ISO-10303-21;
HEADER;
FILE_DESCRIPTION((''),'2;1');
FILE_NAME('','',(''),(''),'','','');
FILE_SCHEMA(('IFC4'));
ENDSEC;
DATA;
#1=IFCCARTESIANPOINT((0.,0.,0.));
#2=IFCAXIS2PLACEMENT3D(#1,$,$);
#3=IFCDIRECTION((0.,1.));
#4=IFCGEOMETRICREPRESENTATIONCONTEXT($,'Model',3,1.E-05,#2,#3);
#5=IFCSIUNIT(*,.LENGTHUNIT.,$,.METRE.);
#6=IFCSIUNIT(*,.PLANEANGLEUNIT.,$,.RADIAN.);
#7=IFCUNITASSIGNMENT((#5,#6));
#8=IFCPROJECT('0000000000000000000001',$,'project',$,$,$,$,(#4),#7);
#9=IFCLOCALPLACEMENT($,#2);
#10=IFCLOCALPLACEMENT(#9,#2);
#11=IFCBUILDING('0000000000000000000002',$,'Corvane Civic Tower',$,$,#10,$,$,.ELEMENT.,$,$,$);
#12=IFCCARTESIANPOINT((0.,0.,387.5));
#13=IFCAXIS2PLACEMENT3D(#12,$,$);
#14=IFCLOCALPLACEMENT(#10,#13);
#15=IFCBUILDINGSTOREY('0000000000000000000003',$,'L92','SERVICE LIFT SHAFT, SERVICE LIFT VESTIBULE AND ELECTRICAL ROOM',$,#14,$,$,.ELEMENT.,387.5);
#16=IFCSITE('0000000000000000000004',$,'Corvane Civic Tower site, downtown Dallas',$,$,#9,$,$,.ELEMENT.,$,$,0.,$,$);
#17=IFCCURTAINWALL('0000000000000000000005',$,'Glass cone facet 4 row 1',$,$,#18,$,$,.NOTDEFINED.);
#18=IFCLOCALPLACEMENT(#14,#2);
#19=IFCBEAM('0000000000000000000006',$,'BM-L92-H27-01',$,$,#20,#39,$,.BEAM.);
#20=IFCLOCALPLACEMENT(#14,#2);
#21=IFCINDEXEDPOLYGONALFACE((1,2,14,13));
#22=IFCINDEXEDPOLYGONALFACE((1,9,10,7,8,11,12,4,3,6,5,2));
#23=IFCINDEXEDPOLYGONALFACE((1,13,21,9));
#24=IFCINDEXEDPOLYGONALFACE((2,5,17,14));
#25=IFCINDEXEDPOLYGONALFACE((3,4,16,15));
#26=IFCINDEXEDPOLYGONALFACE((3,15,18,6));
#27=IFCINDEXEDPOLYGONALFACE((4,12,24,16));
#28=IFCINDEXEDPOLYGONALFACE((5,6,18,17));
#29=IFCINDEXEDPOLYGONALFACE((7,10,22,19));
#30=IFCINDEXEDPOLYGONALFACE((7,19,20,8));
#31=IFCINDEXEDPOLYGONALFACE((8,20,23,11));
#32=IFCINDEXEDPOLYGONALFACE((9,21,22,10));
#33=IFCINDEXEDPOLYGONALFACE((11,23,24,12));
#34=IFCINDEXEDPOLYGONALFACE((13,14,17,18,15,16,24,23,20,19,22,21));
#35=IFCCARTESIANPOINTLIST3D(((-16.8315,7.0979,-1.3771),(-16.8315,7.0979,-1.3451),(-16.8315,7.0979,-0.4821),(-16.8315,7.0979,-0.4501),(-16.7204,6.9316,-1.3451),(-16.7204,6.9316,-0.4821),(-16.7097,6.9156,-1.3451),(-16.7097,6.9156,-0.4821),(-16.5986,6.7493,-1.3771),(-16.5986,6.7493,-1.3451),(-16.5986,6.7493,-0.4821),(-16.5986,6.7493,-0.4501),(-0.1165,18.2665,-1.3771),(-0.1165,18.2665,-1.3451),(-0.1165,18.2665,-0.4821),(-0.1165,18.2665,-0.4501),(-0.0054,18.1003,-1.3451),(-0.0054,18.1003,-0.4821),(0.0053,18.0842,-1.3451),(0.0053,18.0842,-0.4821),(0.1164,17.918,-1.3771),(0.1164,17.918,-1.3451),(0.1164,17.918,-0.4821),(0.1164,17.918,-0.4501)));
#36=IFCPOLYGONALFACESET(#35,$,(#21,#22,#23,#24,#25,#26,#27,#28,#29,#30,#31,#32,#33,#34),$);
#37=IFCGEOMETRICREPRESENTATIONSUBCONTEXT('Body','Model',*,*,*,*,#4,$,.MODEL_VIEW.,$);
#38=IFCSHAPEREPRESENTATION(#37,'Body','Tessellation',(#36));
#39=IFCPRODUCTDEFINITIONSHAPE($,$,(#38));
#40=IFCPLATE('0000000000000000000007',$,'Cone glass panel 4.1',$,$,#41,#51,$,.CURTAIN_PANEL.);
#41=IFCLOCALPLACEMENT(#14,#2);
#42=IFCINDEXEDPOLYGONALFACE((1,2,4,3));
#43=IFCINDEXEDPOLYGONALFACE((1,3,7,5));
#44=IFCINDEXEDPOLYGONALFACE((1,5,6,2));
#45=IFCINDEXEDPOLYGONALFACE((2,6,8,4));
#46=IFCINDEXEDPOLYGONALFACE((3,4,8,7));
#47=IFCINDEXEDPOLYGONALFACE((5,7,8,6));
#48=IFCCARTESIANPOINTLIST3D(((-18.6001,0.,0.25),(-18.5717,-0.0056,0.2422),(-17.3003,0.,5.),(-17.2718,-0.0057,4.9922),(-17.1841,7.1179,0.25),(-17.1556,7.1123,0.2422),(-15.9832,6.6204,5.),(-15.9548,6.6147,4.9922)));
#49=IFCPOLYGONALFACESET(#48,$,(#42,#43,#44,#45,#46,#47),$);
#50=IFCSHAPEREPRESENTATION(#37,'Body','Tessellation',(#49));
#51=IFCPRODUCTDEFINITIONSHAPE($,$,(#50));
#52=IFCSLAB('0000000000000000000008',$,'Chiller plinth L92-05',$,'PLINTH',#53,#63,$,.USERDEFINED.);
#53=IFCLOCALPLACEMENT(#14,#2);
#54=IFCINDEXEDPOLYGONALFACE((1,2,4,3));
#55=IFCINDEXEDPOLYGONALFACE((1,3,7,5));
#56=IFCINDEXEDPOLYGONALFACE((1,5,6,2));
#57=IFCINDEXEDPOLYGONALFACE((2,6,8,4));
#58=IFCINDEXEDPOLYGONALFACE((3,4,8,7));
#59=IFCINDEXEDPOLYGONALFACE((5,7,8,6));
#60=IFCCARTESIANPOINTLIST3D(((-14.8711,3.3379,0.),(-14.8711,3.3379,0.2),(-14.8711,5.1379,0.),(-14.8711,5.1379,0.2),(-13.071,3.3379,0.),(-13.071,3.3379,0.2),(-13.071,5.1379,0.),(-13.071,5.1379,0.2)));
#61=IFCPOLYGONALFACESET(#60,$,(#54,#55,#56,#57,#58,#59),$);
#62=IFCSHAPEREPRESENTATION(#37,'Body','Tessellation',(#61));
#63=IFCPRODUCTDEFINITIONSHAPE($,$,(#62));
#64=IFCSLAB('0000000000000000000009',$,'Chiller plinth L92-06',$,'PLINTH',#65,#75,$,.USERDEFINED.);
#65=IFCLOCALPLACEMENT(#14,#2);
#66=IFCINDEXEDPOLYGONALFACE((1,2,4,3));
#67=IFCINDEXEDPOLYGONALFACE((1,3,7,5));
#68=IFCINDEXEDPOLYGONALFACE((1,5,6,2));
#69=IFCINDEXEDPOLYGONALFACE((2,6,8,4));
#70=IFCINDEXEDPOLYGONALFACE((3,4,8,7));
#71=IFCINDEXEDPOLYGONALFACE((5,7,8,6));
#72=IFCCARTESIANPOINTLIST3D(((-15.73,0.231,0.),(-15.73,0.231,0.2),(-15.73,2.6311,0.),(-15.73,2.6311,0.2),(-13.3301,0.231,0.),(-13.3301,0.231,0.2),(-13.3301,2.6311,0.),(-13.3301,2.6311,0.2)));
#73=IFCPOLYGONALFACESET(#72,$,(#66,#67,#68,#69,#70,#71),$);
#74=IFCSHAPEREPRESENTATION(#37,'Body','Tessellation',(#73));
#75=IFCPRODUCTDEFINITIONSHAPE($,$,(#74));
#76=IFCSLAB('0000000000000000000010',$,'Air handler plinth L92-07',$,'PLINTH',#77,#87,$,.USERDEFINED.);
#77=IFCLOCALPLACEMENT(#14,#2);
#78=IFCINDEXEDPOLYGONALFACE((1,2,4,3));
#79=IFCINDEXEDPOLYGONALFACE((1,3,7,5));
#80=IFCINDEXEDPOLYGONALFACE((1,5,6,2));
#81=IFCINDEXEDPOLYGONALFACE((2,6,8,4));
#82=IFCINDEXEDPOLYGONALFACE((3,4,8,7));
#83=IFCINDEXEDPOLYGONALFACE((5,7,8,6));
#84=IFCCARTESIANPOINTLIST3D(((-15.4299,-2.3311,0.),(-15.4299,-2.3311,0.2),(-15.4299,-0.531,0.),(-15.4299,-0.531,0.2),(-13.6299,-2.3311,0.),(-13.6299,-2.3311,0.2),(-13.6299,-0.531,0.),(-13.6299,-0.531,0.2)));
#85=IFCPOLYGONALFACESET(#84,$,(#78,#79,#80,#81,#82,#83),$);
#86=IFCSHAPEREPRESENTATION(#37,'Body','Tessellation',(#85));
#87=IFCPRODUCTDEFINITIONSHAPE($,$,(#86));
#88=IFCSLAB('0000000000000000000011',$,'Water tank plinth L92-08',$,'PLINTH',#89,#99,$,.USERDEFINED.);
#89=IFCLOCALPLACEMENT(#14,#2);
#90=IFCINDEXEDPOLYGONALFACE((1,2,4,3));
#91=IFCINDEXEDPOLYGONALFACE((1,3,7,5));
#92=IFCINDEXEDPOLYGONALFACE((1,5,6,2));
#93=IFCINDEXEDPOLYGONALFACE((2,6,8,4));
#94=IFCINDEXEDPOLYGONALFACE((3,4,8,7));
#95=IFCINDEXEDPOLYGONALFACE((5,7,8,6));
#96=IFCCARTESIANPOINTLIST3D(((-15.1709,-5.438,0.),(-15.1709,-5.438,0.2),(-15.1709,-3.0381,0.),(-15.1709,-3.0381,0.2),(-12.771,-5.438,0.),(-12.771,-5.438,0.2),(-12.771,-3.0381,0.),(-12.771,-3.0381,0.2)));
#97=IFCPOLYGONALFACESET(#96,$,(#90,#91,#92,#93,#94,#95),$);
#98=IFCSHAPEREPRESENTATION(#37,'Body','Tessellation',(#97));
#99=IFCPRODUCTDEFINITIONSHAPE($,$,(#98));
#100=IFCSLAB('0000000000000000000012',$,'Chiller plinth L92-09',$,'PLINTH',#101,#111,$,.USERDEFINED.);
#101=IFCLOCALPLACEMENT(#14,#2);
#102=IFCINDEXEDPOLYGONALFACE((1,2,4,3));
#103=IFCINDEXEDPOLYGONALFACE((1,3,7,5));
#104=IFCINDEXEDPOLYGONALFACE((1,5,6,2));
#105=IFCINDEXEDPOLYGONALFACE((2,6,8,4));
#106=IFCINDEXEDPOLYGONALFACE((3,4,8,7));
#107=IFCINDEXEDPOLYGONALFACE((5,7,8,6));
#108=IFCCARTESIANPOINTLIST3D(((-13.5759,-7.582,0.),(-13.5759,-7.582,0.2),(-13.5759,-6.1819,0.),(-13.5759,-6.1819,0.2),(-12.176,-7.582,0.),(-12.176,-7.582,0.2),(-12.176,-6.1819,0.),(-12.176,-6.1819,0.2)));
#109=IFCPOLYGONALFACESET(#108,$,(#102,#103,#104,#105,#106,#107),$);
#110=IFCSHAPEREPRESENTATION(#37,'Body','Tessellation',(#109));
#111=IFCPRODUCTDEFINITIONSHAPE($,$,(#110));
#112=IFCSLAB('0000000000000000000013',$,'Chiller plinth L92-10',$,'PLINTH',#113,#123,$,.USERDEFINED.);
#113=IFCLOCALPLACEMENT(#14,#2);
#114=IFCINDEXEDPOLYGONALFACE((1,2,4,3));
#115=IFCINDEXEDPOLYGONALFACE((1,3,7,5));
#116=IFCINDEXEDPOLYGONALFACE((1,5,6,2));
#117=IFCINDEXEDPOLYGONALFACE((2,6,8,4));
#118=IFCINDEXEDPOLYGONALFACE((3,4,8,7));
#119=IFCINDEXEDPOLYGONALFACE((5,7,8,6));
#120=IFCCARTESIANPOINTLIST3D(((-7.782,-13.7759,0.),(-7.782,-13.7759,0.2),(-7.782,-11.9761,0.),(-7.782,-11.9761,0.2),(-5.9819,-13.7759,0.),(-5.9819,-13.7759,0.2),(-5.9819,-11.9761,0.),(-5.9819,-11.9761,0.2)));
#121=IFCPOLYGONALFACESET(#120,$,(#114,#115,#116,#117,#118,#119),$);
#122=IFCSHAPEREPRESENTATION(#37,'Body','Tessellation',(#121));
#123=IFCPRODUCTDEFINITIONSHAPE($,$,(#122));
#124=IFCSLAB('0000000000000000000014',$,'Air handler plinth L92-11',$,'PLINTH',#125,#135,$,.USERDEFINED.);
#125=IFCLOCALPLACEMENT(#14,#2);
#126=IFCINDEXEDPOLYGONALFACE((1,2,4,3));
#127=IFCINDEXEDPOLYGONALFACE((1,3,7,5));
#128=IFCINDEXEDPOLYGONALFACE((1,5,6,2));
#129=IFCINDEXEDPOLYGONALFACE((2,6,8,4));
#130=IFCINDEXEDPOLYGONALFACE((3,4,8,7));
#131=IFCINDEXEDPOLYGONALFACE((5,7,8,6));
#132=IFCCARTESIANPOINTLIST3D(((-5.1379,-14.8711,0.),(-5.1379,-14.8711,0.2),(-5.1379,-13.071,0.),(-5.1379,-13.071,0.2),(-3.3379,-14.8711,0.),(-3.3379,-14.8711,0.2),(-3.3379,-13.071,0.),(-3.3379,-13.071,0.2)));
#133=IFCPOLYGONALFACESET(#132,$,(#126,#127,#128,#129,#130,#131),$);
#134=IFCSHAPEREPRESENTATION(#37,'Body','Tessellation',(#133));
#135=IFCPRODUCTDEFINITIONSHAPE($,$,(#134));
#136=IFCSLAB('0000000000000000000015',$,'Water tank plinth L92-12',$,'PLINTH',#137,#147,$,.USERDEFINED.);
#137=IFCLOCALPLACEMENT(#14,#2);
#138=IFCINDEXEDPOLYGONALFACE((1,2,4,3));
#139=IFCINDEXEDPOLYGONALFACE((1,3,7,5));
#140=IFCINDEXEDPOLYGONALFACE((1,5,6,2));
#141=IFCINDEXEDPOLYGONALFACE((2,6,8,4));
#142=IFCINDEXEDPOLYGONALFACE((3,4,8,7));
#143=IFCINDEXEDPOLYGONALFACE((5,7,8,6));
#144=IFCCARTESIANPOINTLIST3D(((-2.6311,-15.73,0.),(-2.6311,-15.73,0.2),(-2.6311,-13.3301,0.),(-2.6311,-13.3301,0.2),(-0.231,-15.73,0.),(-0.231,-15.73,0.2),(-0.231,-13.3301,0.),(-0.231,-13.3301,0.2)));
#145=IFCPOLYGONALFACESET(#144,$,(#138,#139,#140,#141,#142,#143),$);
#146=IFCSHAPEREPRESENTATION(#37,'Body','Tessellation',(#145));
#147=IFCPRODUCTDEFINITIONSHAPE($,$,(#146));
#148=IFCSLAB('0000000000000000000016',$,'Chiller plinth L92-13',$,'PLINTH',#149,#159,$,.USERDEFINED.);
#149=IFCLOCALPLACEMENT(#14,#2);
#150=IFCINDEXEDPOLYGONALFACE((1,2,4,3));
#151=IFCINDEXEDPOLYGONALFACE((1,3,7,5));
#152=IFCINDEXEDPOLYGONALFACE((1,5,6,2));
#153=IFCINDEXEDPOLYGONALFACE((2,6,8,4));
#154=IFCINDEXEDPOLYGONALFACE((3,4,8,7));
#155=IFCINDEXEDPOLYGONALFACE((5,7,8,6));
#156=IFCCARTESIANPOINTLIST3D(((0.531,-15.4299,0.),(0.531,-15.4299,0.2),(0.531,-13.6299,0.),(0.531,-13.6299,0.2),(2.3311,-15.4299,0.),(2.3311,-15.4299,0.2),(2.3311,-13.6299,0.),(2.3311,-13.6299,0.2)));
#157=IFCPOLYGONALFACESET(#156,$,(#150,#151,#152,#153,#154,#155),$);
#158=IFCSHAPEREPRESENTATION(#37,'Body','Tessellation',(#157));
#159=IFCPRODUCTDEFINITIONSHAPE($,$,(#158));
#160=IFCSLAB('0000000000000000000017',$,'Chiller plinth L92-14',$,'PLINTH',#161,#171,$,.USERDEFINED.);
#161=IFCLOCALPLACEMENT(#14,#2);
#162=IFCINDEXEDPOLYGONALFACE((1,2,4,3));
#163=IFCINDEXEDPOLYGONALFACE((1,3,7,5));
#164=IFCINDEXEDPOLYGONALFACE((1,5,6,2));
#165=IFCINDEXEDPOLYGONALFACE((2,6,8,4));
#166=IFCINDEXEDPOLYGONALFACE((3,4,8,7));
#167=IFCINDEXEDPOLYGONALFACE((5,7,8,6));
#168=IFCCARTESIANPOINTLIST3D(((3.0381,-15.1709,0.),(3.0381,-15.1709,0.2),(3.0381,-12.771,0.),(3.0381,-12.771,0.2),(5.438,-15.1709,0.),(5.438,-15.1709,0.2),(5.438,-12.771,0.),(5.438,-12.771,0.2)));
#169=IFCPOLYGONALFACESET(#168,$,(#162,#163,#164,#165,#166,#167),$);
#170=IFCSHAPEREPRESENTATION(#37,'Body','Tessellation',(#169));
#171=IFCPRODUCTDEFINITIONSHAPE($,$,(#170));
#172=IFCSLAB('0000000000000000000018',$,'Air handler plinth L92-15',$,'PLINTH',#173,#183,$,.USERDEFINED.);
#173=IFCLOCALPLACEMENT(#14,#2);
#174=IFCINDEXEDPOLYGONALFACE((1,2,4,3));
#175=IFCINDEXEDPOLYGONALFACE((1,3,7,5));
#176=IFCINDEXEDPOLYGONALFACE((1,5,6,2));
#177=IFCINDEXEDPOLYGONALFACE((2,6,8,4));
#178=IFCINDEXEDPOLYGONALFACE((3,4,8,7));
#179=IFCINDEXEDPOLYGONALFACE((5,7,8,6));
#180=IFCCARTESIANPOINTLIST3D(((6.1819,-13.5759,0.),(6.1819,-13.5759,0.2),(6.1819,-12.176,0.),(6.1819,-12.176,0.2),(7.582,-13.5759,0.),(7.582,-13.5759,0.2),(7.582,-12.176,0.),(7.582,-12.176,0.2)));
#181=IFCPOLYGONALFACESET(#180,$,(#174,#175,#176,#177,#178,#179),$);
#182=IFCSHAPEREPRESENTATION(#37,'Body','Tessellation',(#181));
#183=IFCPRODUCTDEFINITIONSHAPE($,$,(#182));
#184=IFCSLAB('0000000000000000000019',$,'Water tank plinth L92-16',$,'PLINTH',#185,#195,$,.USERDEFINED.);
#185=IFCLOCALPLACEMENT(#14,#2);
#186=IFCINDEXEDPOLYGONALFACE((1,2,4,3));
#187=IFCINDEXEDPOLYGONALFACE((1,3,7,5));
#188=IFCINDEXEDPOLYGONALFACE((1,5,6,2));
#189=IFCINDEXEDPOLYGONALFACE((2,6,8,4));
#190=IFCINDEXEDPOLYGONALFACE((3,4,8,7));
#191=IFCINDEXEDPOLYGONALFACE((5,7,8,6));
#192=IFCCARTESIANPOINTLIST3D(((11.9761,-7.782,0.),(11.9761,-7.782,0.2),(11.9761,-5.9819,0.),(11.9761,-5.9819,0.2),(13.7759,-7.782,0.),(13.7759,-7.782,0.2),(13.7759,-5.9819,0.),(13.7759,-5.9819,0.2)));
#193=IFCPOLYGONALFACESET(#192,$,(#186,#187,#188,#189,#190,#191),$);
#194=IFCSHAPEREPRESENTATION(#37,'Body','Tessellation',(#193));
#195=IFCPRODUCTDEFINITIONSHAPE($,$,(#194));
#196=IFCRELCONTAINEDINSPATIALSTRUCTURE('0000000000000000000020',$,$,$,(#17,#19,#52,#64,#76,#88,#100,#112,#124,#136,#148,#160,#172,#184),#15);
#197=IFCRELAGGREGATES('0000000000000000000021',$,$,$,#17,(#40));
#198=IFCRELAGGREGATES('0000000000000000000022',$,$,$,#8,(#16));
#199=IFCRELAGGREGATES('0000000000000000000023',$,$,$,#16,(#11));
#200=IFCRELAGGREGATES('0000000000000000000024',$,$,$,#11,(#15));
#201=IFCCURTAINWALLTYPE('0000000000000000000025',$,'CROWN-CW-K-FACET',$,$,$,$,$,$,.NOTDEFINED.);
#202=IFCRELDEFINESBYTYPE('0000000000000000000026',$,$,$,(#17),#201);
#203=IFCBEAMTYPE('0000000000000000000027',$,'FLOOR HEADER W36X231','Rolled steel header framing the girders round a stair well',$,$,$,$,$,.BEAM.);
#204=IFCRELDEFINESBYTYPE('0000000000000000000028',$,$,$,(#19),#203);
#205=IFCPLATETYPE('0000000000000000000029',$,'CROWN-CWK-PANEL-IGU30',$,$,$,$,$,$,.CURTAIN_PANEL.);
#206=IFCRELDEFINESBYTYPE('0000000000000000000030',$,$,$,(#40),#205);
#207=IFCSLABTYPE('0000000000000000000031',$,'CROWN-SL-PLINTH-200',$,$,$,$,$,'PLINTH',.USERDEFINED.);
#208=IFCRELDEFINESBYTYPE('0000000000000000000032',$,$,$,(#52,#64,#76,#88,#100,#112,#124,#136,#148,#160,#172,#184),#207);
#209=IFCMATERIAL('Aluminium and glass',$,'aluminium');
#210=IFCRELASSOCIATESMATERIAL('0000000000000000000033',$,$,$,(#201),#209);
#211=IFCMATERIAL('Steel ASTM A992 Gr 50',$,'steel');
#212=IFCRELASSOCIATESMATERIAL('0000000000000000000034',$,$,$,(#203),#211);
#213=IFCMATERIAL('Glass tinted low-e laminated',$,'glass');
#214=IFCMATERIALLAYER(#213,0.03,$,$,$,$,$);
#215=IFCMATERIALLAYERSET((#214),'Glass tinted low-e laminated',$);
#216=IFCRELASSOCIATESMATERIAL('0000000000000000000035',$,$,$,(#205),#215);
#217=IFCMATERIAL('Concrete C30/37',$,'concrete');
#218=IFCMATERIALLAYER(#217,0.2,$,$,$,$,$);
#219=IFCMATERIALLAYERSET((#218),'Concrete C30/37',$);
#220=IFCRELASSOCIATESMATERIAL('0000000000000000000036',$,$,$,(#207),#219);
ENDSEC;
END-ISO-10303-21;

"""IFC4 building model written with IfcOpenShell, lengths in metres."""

from ifc_helpers import new_model, si_unit, direction, frame, origin, origin_2d, place, context, subcontext, project, spatial, polyline, i_section, outline, extrude, material, layer, layer_set, material_profile, profile_set, type_object, element, aggregate, save


model = new_model("IFC4")

# Units and contexts
model_context = context("Model", 3, precision=1e-05, world=origin(), true_north=direction((0.0, 1.0)))
body_context = subcontext(model_context, "Body", "Model", "MODEL_VIEW")
ifc_project = project(units=[si_unit("LENGTHUNIT", "METRE"), si_unit("PLANEANGLEUNIT", "RADIAN")], contexts=[model_context])

# Site, building, storey
site_placement = place(None, origin())
site = spatial("IfcSite", under=ifc_project, at=site_placement, Name="Corvane Civic Tower site, downtown Dallas", CompositionType="ELEMENT", RefElevation=0.0)
building_placement = place(site_placement, origin())
building = spatial("IfcBuilding", under=site, at=building_placement, Name="Corvane Civic Tower", CompositionType="ELEMENT")
storey_placement = place(building_placement, frame((0.0, 0.0, 387.5)))
storey = spatial("IfcBuildingStorey", under=building, at=storey_placement, Name="L92", Description="SERVICE LIFT SHAFT, SERVICE LIFT VESTIBULE AND ELECTRICAL ROOM", CompositionType="ELEMENT", Elevation=387.5)

# Shared definitions
ifc_material_1 = material(Name="Aluminium and glass", Category="aluminium")
curtain_wall_type = type_object("IfcCurtainWallType", Name="CROWN-CW-K-FACET", PredefinedType="NOTDEFINED", material=ifc_material_1)

# Curtain wall
curtain_wall_1_placement = place(storey_placement, origin())
curtain_wall_1 = element("IfcCurtainWall", 1, at=curtain_wall_1_placement, inside=storey, type_object=curtain_wall_type, Name="Glass cone facet 4 row 1", PredefinedType="NOTDEFINED")

# Beam
ifc_material_2 = material(Name="Steel ASTM A992 Gr 50", Category="steel")
ifc_material_profile_1 = material_profile(ifc_material_2, i_section(OverallWidth=0.4192, OverallDepth=0.927, WebThickness=0.0193, FlangeThickness=0.032, at=origin_2d()), Name="W36X231")
ifc_profile_set_1 = profile_set([ifc_material_profile_1], Name="Steel ASTM A992 Gr 50")
beam_type_1 = type_object("IfcBeamType", Name="FLOOR HEADER W36X231", Description="Rolled steel header framing the girders round a stair well", PredefinedType="BEAM", material=ifc_profile_set_1)
beam_1_placement = place(storey_placement, frame((-16.7151, 6.9236, -0.9136), z_axis=(0.831469, 0.555571, 0.0), x_axis=(-0.555571, 0.831469, 0.0)))
element("IfcBeam", 2, at=beam_1_placement, inside=storey, type_object=beam_type_1, Name="BM-L92-H27-01", PredefinedType="BEAM", context=body_context, shape_type="SweptSolid", body=[
    extrude(i_section(OverallWidth=0.4192, OverallDepth=0.927, WebThickness=0.0193, FlangeThickness=0.032, at=origin_2d()), origin(), (0.0, 0.0, 1.0), 20.103),
])

# Plate
ifc_material_3 = material(Name="Glass tinted low-e laminated", Category="glass")
ifc_layer_1 = layer(ifc_material_3, 0.03)
ifc_layer_set_1 = layer_set([ifc_layer_1], Name="Glass tinted low-e laminated")
plate_type = type_object("IfcPlateType", Name="CROWN-CWK-PANEL-IGU30", PredefinedType="CURTAIN_PANEL", material=ifc_layer_set_1)
plate_placement = place(storey_placement, frame((-17.1841, 7.1179, 0.25), z_axis=(-0.947254, 0.188451, 0.259221), x_axis=(-0.19512, -0.980779, 0.000002)))
plate = element("IfcPlate", 3, at=plate_placement, type_object=plate_type, Name="Cone glass panel 4.1", PredefinedType="CURTAIN_PANEL", context=body_context, shape_type="SweptSolid", body=[
    extrude(outline(polyline([(0.0, 0.0), (7.2574, 0.0), (7.0038, 4.9181), (0.2537, 4.9181), (0.0, 0.0)])), origin(), (0.0, 0.0, -1.0), 0.03),
])
aggregate(curtain_wall_1, [plate])

# Slabs
ifc_material_4 = material(Name="Concrete C30/37", Category="concrete")
ifc_layer_2 = layer(ifc_material_4, 0.2)
ifc_layer_set_2 = layer_set([ifc_layer_2], Name="Concrete C30/37")
slab_type = type_object("IfcSlabType", Name="CROWN-SL-PLINTH-200", ElementType="PLINTH", PredefinedType="USERDEFINED", material=ifc_layer_set_2)
slab_1_placement = place(storey_placement, origin())
element("IfcSlab", 4, at=slab_1_placement, inside=storey, type_object=slab_type, Name="Chiller plinth L92-05", ObjectType="PLINTH", PredefinedType="USERDEFINED", context=body_context, shape_type="SweptSolid", body=[
    extrude(outline(polyline([(-13.071, 3.3379), (-13.071, 5.1379), (-14.8711, 5.1379), (-14.8711, 3.3379), (-13.071, 3.3379)])), origin(), (0.0, 0.0, 1.0), 0.2),
])
slab_2_placement = place(storey_placement, origin())
element("IfcSlab", 5, at=slab_2_placement, inside=storey, type_object=slab_type, Name="Chiller plinth L92-06", ObjectType="PLINTH", PredefinedType="USERDEFINED", context=body_context, shape_type="SweptSolid", body=[
    extrude(outline(polyline([(-13.3301, 0.231), (-13.3301, 2.6311), (-15.73, 2.6311), (-15.73, 0.231), (-13.3301, 0.231)])), origin(), (0.0, 0.0, 1.0), 0.2),
])
slab_3_placement = place(storey_placement, origin())
element("IfcSlab", 6, at=slab_3_placement, inside=storey, type_object=slab_type, Name="Air handler plinth L92-07", ObjectType="PLINTH", PredefinedType="USERDEFINED", context=body_context, shape_type="SweptSolid", body=[
    extrude(outline(polyline([(-13.6299, -2.3311), (-13.6299, -0.531), (-15.4299, -0.531), (-15.4299, -2.3311), (-13.6299, -2.3311)])), origin(), (0.0, 0.0, 1.0), 0.2),
])
slab_4_placement = place(storey_placement, origin())
element("IfcSlab", 7, at=slab_4_placement, inside=storey, type_object=slab_type, Name="Water tank plinth L92-08", ObjectType="PLINTH", PredefinedType="USERDEFINED", context=body_context, shape_type="SweptSolid", body=[
    extrude(outline(polyline([(-12.771, -5.438), (-12.771, -3.0381), (-15.1709, -3.0381), (-15.1709, -5.438), (-12.771, -5.438)])), origin(), (0.0, 0.0, 1.0), 0.2),
])
slab_5_placement = place(storey_placement, origin())
element("IfcSlab", 8, at=slab_5_placement, inside=storey, type_object=slab_type, Name="Chiller plinth L92-09", ObjectType="PLINTH", PredefinedType="USERDEFINED", context=body_context, shape_type="SweptSolid", body=[
    extrude(outline(polyline([(-12.176, -7.582), (-12.176, -6.1819), (-13.5759, -6.1819), (-13.5759, -7.582), (-12.176, -7.582)])), origin(), (0.0, 0.0, 1.0), 0.2),
])
slab_6_placement = place(storey_placement, origin())
element("IfcSlab", 9, at=slab_6_placement, inside=storey, type_object=slab_type, Name="Chiller plinth L92-10", ObjectType="PLINTH", PredefinedType="USERDEFINED", context=body_context, shape_type="SweptSolid", body=[
    extrude(outline(polyline([(-5.9819, -13.7759), (-5.9819, -11.9761), (-7.782, -11.9761), (-7.782, -13.7759), (-5.9819, -13.7759)])), origin(), (0.0, 0.0, 1.0), 0.2),
])
slab_7_placement = place(storey_placement, origin())
element("IfcSlab", 10, at=slab_7_placement, inside=storey, type_object=slab_type, Name="Air handler plinth L92-11", ObjectType="PLINTH", PredefinedType="USERDEFINED", context=body_context, shape_type="SweptSolid", body=[
    extrude(outline(polyline([(-3.3379, -14.8711), (-3.3379, -13.071), (-5.1379, -13.071), (-5.1379, -14.8711), (-3.3379, -14.8711)])), origin(), (0.0, 0.0, 1.0), 0.2),
])
slab_8_placement = place(storey_placement, origin())
element("IfcSlab", 11, at=slab_8_placement, inside=storey, type_object=slab_type, Name="Water tank plinth L92-12", ObjectType="PLINTH", PredefinedType="USERDEFINED", context=body_context, shape_type="SweptSolid", body=[
    extrude(outline(polyline([(-0.231, -15.73), (-0.231, -13.3301), (-2.6311, -13.3301), (-2.6311, -15.73), (-0.231, -15.73)])), origin(), (0.0, 0.0, 1.0), 0.2),
])
slab_9_placement = place(storey_placement, origin())
element("IfcSlab", 12, at=slab_9_placement, inside=storey, type_object=slab_type, Name="Chiller plinth L92-13", ObjectType="PLINTH", PredefinedType="USERDEFINED", context=body_context, shape_type="SweptSolid", body=[
    extrude(outline(polyline([(2.3311, -15.4299), (2.3311, -13.6299), (0.531, -13.6299), (0.531, -15.4299), (2.3311, -15.4299)])), origin(), (0.0, 0.0, 1.0), 0.2),
])
slab_10_placement = place(storey_placement, origin())
element("IfcSlab", 13, at=slab_10_placement, inside=storey, type_object=slab_type, Name="Chiller plinth L92-14", ObjectType="PLINTH", PredefinedType="USERDEFINED", context=body_context, shape_type="SweptSolid", body=[
    extrude(outline(polyline([(5.438, -15.1709), (5.438, -12.771), (3.0381, -12.771), (3.0381, -15.1709), (5.438, -15.1709)])), origin(), (0.0, 0.0, 1.0), 0.2),
])
slab_11_placement = place(storey_placement, origin())
element("IfcSlab", 14, at=slab_11_placement, inside=storey, type_object=slab_type, Name="Air handler plinth L92-15", ObjectType="PLINTH", PredefinedType="USERDEFINED", context=body_context, shape_type="SweptSolid", body=[
    extrude(outline(polyline([(7.582, -13.5759), (7.582, -12.176), (6.1819, -12.176), (6.1819, -13.5759), (7.582, -13.5759)])), origin(), (0.0, 0.0, 1.0), 0.2),
])
slab_12_placement = place(storey_placement, origin())
element("IfcSlab", 15, at=slab_12_placement, inside=storey, type_object=slab_type, Name="Water tank plinth L92-16", ObjectType="PLINTH", PredefinedType="USERDEFINED", context=body_context, shape_type="SweptSolid", body=[
    extrude(outline(polyline([(13.7759, -7.782), (13.7759, -5.9819), (11.9761, -5.9819), (11.9761, -7.782), (13.7759, -7.782)])), origin(), (0.0, 0.0, 1.0), 0.2),
])

save(model, "model.ifc")
